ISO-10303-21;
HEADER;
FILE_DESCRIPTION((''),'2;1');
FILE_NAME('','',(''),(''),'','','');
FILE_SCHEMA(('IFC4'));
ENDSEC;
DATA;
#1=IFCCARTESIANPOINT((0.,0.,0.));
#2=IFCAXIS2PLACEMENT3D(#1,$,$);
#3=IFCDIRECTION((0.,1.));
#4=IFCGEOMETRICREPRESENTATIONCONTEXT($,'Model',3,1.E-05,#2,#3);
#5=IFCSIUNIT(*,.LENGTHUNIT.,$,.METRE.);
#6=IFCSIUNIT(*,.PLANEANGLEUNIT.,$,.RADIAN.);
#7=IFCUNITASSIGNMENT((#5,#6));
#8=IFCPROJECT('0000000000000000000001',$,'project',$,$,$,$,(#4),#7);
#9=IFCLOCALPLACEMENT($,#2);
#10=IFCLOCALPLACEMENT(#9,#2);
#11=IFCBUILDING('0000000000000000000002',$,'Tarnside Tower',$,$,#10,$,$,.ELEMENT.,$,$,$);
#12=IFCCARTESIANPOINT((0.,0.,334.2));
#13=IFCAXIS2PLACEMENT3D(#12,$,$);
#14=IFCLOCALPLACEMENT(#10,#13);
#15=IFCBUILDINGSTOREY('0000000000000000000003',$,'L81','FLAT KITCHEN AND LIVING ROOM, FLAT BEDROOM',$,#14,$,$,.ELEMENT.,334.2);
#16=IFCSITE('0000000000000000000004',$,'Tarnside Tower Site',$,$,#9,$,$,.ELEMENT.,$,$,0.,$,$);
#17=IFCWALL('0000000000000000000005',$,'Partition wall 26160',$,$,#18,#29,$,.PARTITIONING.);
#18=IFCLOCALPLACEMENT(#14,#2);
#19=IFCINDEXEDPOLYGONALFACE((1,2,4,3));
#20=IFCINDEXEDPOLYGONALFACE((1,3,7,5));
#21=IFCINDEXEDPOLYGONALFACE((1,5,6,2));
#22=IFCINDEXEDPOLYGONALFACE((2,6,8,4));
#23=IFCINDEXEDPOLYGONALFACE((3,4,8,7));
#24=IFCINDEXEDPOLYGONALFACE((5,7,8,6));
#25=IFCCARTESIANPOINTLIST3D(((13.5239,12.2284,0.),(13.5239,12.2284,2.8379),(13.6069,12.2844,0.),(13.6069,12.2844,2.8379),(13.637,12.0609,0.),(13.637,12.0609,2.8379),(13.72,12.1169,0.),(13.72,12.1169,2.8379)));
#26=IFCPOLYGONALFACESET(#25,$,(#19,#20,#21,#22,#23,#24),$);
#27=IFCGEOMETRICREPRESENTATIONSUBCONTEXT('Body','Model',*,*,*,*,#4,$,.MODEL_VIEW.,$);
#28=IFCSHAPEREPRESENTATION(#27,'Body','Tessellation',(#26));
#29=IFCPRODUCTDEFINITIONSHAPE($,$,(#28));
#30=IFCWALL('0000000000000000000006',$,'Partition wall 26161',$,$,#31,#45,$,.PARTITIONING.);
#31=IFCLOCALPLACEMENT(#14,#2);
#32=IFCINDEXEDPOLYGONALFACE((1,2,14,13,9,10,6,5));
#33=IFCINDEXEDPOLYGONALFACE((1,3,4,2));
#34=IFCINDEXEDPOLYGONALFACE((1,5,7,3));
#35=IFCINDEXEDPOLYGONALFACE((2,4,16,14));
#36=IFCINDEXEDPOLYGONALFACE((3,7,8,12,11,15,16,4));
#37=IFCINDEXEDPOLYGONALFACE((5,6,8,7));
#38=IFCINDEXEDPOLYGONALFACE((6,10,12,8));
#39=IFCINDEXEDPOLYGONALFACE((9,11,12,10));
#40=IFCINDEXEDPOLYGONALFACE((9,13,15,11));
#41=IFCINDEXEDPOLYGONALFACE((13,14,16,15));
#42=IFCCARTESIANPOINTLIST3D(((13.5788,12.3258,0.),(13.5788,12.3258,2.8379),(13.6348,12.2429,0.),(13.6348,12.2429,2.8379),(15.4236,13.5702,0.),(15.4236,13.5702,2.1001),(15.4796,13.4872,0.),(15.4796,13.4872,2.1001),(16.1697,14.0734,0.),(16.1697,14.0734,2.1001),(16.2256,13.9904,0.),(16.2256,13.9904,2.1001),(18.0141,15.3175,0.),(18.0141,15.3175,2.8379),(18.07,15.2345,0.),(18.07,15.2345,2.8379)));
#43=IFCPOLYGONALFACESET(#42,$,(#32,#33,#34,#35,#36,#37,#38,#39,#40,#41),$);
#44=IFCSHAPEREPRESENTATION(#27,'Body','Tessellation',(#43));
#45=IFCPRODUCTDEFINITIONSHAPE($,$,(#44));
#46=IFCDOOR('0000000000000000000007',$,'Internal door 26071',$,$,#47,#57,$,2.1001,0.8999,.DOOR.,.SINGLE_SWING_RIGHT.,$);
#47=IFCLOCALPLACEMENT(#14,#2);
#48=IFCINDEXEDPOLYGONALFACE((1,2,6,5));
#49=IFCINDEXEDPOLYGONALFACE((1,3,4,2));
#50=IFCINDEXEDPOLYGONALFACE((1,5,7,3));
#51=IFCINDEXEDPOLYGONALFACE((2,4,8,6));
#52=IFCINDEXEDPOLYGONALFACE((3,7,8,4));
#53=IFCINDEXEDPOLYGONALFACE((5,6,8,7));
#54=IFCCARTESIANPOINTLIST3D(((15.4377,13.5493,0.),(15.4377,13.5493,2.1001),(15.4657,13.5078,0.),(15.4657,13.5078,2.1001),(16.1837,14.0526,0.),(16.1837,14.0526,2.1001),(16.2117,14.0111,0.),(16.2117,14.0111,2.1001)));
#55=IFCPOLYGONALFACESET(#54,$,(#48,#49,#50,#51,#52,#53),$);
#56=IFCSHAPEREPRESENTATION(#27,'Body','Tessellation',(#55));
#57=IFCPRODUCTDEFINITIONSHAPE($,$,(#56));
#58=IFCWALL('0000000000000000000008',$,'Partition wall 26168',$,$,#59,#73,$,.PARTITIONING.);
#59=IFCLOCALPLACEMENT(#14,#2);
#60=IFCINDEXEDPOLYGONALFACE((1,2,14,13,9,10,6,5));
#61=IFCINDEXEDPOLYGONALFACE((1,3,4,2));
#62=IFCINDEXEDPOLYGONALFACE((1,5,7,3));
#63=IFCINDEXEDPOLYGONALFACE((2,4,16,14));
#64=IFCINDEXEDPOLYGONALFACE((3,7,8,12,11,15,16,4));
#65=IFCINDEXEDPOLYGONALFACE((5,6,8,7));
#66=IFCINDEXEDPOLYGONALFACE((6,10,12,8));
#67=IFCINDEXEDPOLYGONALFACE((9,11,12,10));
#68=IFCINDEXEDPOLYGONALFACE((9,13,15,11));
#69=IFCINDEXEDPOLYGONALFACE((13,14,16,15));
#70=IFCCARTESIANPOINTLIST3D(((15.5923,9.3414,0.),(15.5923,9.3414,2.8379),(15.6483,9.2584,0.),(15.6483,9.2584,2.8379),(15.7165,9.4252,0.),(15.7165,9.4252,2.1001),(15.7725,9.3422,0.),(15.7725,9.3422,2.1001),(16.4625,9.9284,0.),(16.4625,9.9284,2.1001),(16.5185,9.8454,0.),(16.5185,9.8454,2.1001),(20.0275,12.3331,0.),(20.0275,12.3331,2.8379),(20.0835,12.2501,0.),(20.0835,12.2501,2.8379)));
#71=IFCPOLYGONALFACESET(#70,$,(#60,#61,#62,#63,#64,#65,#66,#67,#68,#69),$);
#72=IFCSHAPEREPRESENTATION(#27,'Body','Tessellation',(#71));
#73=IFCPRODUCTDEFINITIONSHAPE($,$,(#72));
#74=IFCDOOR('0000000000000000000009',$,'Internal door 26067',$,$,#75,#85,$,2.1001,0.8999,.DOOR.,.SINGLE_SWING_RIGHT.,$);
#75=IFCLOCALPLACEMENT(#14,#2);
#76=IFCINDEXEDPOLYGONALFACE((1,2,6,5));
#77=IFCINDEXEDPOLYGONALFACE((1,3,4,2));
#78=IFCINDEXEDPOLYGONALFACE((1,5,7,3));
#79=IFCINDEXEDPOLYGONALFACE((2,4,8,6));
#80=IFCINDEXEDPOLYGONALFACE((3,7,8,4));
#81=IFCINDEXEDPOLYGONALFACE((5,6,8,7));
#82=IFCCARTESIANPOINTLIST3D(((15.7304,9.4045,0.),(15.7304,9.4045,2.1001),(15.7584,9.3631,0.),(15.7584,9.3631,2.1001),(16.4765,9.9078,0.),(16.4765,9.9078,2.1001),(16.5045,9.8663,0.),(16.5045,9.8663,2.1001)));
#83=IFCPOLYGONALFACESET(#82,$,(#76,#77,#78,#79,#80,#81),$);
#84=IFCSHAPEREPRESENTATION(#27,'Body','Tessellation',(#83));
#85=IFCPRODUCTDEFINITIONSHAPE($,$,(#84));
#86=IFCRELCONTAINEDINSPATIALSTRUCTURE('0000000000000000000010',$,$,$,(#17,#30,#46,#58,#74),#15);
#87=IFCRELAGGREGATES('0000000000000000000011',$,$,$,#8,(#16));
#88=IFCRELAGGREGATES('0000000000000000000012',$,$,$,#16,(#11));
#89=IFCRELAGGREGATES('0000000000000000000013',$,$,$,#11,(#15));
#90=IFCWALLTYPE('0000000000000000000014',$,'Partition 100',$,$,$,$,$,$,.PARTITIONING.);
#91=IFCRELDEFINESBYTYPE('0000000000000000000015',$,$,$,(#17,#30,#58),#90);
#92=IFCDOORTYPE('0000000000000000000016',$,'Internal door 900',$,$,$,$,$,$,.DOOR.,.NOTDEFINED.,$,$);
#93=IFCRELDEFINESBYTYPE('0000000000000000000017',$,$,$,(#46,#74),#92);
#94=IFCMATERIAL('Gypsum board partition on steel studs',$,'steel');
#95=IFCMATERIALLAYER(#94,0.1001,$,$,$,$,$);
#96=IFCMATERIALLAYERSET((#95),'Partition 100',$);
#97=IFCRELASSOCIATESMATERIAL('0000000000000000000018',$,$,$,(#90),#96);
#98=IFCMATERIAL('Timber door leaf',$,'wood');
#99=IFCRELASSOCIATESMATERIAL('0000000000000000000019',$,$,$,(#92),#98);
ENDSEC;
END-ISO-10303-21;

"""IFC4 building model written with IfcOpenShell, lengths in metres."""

from ifc_helpers import new_model, si_unit, direction, frame, frame_2d, origin, place, context, subcontext, project, spatial, rectangle, extrude, material, layer, layer_set, type_object, element, fill, save


model = new_model("IFC4")

# Units and contexts
model_context = context("Model", 3, precision=1e-05, world=origin(), true_north=direction((0.0, 1.0)))
body_context = subcontext(model_context, "Body", "Model", "MODEL_VIEW")
ifc_project = project(units=[si_unit("LENGTHUNIT", "METRE"), si_unit("PLANEANGLEUNIT", "RADIAN")], contexts=[model_context])

# Site, building, storey
site_placement = place(None, origin())
site = spatial("IfcSite", under=ifc_project, at=site_placement, Name="Tarnside Tower Site", CompositionType="ELEMENT", RefElevation=0.0)
building_placement = place(site_placement, origin())
building = spatial("IfcBuilding", under=site, at=building_placement, Name="Tarnside Tower", CompositionType="ELEMENT")
storey_placement = place(building_placement, frame((0.0, 0.0, 334.2)))
storey = spatial("IfcBuildingStorey", under=building, at=storey_placement, Name="L81", Description="FLAT KITCHEN AND LIVING ROOM, FLAT BEDROOM", CompositionType="ELEMENT", Elevation=334.2)

# Shared definitions
ifc_material_1 = material(Name="Gypsum board partition on steel studs", Category="steel")
ifc_material_2 = material(Name="Timber door leaf", Category="wood")

# Wall
ifc_layer_1 = layer(ifc_material_1, 0.1001)
ifc_layer_set_1 = layer_set([ifc_layer_1], Name="Partition 100")
wall_type_1 = type_object("IfcWallType", Name="Partition 100", PredefinedType="PARTITIONING", material=ifc_layer_set_1)
wall_1_placement = place(storey_placement, frame((13.6785, 12.0889, 0.0), z_axis=(0.0, 0.0, 1.0), x_axis=(-0.559431, 0.828877, 0.0)))
element("IfcWall", 1, at=wall_1_placement, inside=storey, type_object=wall_type_1, Name="Partition wall 26160", PredefinedType="PARTITIONING", context=body_context, shape_type="SweptSolid", body=[
    extrude(rectangle(XDim=0.2021, YDim=0.1001, at=frame_2d((0.1011, 0.0))), origin(), (0.0, 0.0, 1.0), 2.8379),
])

# Walls, openings, doors
wall_2_placement = place(storey_placement, frame((13.6069, 12.2844, 0.0), z_axis=(0.0, 0.0, 1.0), x_axis=(0.829033, 0.559199, 0.0)))
wall_2 = element("IfcWall", 2, at=wall_2_placement, inside=storey, type_object=wall_type_1, Name="Partition wall 26161", PredefinedType="PARTITIONING", context=body_context, shape_type="SweptSolid", body=[
    extrude(rectangle(XDim=5.3499, YDim=0.1001, at=frame_2d((2.6748, 0.0))), origin(), (0.0, 0.0, 1.0), 2.8379),
])
opening_1_placement = place(wall_2_placement, frame((2.2251, 0.0, 0.0)))
opening_1 = element("IfcOpeningElement", 3, at=opening_1_placement, cuts=wall_2, PredefinedType="OPENING", context=body_context, shape_type="SweptSolid", body=[
    extrude(rectangle(XDim=0.8999, YDim=2.1001, at=frame_2d((0.45, 1.05))), frame((0.0, 0.0601, 0.0), z_axis=(0.0, -1.0, 0.0), x_axis=(1.0, 0.0, 0.0)), (0.0, 0.0, 1.0), 0.1201),
])
door_type_1 = type_object("IfcDoorType", Name="Internal door 900", OperationType="NOTDEFINED", PredefinedType="DOOR", material=ifc_material_2)
door_1_placement = place(opening_1_placement, origin())
door_1 = element("IfcDoor", 4, at=door_1_placement, inside=storey, type_object=door_type_1, Name="Internal door 26071", OperationType="SINGLE_SWING_RIGHT", OverallHeight=2.1001, OverallWidth=0.8999, PredefinedType="DOOR", context=body_context, shape_type="SweptSolid", body=[
    extrude(rectangle(XDim=0.8999, YDim=2.1001, at=frame_2d((0.45, 1.05))), frame((0.0, 0.0249, 0.0), z_axis=(0.0, -1.0, 0.0), x_axis=(1.0, 0.0, 0.0)), (0.0, 0.0, 1.0), 0.05),
])
fill(opening_1, door_1)
wall_3_placement = place(storey_placement, frame((20.0554, 12.2915, 0.0), z_axis=(0.0, 0.0, 1.0), x_axis=(-0.829033, -0.559199, 0.0)))
wall_3 = element("IfcWall", 5, at=wall_3_placement, inside=storey, type_object=wall_type_1, Name="Partition wall 26168", PredefinedType="PARTITIONING", context=body_context, shape_type="SweptSolid", body=[
    extrude(rectangle(XDim=5.3499, YDim=0.1001, at=frame_2d((2.6748, 0.0))), origin(), (0.0, 0.0, 1.0), 2.8379),
])
opening_2_placement = place(wall_3_placement, frame((4.3, 0.0, 0.0)))
opening_2 = element("IfcOpeningElement", 6, at=opening_2_placement, cuts=wall_3, PredefinedType="OPENING", context=body_context, shape_type="SweptSolid", body=[
    extrude(rectangle(XDim=0.8999, YDim=2.1001, at=frame_2d((0.45, 1.05))), frame((0.0, 0.0601, 0.0), z_axis=(0.0, -1.0, 0.0), x_axis=(1.0, 0.0, 0.0)), (0.0, 0.0, 1.0), 0.1201),
])
door_2_placement = place(opening_2_placement, origin())
door_2 = element("IfcDoor", 7, at=door_2_placement, inside=storey, type_object=door_type_1, Name="Internal door 26067", OperationType="SINGLE_SWING_RIGHT", OverallHeight=2.1001, OverallWidth=0.8999, PredefinedType="DOOR", context=body_context, shape_type="SweptSolid", body=[
    extrude(rectangle(XDim=0.8999, YDim=2.1001, at=frame_2d((0.45, 1.05))), frame((0.0, 0.0249, 0.0), z_axis=(0.0, -1.0, 0.0), x_axis=(1.0, 0.0, 0.0)), (0.0, 0.0, 1.0), 0.05),
])
fill(opening_2, door_2)

save(model, "model.ifc")
